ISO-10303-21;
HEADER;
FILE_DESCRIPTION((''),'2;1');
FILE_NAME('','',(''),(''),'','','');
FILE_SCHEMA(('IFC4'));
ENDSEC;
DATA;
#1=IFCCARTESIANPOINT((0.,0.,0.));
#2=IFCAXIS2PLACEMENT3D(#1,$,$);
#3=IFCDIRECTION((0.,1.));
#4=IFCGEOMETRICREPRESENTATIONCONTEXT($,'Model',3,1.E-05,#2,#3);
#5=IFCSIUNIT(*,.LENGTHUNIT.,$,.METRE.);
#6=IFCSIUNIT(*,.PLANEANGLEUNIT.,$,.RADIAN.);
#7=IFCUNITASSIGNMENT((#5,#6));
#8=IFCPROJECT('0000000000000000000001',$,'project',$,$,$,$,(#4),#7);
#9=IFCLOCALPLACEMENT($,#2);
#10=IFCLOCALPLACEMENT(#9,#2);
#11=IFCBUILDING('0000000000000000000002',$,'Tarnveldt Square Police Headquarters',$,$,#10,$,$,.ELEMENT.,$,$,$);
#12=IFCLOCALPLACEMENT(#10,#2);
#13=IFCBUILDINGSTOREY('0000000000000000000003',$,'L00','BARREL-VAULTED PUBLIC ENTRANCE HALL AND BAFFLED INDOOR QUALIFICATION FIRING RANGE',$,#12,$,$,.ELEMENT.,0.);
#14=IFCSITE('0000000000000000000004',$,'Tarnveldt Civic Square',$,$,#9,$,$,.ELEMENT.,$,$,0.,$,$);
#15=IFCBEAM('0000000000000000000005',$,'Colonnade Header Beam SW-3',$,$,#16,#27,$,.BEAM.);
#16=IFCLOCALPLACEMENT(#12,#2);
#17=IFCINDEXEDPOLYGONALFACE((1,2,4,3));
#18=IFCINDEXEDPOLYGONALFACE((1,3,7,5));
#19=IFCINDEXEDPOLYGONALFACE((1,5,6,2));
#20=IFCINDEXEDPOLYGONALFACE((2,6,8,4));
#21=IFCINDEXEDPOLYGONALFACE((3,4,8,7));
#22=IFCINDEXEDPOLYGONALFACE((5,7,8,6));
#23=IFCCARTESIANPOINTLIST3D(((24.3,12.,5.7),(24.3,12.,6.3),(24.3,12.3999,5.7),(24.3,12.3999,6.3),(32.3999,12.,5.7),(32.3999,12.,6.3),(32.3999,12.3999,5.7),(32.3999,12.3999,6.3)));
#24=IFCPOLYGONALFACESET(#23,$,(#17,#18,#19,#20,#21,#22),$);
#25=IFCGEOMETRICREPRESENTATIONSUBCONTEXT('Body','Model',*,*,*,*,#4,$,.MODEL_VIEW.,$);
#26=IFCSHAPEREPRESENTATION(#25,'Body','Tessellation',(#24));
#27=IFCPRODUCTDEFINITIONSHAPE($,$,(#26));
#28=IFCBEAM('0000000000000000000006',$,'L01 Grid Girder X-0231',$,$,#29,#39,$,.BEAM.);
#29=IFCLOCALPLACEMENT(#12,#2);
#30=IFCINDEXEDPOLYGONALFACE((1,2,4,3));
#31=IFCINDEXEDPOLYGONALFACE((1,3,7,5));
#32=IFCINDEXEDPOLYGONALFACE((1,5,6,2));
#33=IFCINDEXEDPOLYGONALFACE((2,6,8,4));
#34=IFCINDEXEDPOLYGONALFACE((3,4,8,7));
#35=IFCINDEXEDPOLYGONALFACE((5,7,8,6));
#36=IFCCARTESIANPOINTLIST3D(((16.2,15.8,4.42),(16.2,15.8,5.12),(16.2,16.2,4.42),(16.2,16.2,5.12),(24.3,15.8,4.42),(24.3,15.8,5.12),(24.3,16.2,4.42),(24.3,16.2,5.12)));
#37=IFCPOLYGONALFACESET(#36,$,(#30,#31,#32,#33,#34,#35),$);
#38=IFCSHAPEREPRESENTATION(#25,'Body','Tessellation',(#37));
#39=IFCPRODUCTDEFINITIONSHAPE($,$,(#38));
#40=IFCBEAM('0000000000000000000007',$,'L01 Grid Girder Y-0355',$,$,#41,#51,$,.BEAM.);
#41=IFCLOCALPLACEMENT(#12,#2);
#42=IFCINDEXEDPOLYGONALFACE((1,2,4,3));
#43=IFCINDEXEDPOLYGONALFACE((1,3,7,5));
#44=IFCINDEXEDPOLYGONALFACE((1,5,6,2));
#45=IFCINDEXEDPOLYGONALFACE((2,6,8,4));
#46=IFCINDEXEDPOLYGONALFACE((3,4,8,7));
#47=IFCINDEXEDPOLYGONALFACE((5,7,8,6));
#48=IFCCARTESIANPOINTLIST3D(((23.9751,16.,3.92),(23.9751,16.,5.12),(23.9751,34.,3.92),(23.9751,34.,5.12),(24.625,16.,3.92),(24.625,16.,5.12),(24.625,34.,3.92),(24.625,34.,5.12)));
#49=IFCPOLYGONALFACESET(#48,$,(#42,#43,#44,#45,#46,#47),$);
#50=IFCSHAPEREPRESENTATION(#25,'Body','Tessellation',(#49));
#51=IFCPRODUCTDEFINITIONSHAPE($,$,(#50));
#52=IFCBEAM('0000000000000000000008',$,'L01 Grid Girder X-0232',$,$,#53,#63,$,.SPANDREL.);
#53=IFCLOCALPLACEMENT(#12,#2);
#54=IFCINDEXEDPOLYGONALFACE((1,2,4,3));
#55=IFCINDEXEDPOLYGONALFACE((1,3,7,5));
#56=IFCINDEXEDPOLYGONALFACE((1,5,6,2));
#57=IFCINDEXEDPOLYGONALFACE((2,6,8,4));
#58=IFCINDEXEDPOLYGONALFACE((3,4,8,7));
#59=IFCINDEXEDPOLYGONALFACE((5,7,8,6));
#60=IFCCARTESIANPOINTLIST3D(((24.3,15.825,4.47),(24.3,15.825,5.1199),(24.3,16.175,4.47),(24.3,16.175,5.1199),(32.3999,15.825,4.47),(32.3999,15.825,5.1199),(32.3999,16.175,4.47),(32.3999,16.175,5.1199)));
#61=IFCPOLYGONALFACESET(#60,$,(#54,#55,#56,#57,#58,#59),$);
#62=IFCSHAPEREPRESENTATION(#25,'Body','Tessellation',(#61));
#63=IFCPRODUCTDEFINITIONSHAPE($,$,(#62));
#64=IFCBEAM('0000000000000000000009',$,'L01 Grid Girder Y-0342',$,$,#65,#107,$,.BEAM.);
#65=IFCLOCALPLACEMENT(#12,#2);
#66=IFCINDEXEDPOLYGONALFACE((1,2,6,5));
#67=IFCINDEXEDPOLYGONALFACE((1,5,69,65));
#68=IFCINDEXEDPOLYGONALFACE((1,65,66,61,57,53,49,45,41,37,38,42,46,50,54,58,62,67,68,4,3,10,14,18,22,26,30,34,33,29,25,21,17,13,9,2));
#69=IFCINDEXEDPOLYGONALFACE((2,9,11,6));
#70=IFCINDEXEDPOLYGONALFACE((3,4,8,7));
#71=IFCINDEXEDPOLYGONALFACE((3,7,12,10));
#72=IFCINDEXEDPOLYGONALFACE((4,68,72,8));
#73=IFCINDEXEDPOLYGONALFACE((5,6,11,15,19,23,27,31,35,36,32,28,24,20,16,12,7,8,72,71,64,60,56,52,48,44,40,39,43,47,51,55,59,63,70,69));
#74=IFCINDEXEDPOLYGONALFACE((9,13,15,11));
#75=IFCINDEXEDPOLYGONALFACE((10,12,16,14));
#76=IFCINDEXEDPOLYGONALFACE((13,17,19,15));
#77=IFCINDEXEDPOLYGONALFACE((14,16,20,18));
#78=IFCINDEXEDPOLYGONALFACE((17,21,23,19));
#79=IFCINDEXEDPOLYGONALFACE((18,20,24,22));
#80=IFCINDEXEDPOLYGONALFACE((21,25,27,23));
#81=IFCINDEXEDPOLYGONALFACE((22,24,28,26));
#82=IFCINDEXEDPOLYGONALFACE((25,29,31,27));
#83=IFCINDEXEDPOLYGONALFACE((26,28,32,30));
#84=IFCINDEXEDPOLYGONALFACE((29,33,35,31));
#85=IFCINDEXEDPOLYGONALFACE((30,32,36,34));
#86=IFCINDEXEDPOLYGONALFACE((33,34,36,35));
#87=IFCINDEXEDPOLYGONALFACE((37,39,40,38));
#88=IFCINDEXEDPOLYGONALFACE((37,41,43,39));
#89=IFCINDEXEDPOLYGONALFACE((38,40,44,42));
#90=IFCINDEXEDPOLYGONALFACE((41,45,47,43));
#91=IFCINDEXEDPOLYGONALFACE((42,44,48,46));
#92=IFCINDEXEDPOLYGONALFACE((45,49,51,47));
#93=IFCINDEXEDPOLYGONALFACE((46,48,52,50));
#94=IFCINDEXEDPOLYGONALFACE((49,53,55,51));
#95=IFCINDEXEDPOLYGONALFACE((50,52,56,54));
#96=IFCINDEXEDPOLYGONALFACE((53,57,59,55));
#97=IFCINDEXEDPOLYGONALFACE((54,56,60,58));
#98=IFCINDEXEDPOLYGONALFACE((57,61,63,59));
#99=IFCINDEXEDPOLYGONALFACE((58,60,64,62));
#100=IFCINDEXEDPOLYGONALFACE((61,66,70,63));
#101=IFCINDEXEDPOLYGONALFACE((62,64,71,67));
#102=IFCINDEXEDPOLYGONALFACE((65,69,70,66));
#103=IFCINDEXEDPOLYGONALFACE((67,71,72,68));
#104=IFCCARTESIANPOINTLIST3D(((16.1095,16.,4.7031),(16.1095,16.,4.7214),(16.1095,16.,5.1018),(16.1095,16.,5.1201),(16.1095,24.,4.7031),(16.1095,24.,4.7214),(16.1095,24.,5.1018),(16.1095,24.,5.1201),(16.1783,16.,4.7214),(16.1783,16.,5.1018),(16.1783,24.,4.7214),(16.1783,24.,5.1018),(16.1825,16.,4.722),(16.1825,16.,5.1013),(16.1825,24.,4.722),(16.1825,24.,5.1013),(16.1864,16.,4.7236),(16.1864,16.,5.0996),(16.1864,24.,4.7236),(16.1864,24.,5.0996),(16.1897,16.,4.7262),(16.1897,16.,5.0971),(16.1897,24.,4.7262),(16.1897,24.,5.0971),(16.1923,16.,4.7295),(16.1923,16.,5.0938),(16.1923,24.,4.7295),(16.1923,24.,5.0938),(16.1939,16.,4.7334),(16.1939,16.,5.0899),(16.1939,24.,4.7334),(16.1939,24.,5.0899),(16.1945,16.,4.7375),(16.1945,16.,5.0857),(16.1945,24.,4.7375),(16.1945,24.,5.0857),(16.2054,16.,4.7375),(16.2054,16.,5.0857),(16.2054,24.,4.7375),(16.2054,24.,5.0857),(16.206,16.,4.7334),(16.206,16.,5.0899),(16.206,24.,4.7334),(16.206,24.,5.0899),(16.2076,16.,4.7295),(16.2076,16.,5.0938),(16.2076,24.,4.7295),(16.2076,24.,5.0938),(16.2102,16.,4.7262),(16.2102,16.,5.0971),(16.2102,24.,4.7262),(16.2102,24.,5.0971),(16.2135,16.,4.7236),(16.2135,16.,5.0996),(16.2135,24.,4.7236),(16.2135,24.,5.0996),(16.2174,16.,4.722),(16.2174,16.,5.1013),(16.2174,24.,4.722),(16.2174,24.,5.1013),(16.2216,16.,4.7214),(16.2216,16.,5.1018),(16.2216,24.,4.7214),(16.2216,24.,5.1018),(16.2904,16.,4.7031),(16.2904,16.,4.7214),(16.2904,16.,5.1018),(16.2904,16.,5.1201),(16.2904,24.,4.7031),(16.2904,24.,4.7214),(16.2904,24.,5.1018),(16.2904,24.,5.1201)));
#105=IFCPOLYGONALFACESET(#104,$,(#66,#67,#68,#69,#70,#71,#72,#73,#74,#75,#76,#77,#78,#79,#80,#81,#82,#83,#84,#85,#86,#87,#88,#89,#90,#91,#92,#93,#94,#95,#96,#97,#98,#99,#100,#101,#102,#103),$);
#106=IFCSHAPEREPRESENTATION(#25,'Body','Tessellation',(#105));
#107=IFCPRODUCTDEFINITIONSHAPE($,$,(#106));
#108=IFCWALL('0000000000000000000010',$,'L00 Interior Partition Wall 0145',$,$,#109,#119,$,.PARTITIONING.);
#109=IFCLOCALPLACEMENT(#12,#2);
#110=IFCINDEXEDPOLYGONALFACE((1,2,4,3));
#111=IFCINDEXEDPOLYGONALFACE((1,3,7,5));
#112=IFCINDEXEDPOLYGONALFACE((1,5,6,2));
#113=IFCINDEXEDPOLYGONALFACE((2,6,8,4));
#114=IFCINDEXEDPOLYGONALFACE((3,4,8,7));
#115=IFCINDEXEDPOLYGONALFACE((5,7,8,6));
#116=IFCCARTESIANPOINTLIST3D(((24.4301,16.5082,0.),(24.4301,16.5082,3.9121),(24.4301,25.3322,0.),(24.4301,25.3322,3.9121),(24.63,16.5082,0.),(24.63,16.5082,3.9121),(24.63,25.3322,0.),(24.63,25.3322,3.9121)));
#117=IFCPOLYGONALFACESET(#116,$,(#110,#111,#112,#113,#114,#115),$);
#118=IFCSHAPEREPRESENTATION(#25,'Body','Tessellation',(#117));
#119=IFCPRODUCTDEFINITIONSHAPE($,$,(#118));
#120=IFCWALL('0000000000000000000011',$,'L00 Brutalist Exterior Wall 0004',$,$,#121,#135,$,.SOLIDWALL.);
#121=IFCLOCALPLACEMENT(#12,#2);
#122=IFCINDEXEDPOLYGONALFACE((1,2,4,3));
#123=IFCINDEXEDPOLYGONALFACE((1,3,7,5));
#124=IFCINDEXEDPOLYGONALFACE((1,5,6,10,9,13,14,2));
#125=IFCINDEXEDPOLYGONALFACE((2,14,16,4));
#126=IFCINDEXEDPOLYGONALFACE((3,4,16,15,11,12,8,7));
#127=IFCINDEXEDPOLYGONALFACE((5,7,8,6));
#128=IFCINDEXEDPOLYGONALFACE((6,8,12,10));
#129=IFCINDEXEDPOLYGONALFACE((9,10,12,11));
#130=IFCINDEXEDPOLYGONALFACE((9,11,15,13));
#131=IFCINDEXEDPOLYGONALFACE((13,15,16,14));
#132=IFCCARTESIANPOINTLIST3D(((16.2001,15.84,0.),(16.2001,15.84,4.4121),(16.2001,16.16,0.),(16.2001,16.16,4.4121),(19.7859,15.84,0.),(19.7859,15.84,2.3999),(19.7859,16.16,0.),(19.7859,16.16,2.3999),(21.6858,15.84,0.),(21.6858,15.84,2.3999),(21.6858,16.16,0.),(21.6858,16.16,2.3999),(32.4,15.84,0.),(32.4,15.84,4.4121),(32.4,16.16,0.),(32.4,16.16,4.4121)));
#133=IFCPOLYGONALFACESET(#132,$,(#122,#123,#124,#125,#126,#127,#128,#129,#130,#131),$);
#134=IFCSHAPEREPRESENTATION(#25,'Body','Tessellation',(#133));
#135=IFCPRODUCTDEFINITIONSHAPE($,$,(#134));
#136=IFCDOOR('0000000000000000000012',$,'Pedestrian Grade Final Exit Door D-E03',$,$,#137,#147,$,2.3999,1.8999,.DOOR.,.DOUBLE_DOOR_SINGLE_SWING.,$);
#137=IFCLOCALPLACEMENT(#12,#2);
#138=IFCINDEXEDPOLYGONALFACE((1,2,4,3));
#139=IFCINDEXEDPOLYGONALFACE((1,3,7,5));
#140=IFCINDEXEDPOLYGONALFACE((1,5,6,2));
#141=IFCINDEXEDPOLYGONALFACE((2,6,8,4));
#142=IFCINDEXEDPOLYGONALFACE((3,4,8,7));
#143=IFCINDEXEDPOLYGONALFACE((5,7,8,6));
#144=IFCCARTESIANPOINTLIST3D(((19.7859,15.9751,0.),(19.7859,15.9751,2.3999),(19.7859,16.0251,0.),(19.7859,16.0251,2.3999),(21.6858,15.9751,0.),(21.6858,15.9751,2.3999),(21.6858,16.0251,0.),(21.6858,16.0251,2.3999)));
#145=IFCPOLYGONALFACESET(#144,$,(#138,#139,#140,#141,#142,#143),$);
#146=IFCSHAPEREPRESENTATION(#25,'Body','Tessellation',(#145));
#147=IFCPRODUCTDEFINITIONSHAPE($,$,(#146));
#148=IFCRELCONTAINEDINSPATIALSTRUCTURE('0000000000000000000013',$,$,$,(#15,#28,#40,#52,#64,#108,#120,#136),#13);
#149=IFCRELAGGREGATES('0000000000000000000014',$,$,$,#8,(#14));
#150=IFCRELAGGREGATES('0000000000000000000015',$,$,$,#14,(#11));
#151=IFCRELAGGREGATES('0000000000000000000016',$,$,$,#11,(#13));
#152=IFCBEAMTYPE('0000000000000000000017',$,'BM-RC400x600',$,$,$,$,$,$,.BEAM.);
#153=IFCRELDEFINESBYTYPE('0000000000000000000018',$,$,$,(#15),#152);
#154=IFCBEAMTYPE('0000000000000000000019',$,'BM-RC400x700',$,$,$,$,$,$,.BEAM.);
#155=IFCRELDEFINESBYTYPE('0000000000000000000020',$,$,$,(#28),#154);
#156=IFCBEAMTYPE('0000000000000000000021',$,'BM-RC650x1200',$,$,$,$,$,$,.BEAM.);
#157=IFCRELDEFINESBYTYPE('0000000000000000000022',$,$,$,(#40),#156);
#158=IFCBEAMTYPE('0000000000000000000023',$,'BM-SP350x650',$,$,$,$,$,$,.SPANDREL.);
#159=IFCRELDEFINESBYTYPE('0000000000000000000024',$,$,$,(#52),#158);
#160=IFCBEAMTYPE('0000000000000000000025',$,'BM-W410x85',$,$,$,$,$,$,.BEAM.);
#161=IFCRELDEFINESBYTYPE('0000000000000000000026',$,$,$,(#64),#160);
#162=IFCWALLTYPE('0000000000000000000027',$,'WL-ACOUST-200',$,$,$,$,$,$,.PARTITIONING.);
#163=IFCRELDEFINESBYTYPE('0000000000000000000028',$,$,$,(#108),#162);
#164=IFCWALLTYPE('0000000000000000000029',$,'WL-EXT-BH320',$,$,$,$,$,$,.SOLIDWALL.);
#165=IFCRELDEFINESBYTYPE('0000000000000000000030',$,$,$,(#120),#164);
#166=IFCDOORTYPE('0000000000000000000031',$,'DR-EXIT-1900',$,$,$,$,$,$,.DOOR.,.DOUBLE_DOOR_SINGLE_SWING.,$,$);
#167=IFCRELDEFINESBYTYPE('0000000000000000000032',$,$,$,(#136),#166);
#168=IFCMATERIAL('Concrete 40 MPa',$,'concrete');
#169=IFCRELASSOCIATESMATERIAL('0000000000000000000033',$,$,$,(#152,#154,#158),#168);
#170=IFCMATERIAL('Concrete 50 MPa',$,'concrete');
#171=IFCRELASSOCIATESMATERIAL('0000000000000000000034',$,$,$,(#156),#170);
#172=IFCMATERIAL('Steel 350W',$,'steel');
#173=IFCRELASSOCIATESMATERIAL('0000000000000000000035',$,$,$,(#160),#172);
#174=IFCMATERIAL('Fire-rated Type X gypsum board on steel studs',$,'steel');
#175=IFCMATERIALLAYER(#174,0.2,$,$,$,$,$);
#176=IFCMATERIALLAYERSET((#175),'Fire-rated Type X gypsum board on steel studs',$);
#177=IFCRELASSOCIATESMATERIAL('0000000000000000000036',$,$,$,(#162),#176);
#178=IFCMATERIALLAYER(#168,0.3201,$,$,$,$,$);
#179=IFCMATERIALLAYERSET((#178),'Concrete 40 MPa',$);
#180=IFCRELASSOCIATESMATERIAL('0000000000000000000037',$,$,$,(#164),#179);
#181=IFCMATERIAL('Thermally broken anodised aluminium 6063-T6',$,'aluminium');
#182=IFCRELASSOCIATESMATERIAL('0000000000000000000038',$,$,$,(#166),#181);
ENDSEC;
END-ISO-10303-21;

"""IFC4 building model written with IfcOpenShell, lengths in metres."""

from ifc_helpers import new_model, si_unit, direction, frame, frame_2d, origin, origin_2d, place, context, subcontext, project, spatial, rectangle, i_section, extrude, material, layer, layer_set, material_profile, profile_set, type_object, element, fill, save


model = new_model("IFC4")

# Units and contexts
model_context = context("Model", 3, precision=1e-05, world=origin(), true_north=direction((0.0, 1.0)))
body_context = subcontext(model_context, "Body", "Model", "MODEL_VIEW")
ifc_project = project(units=[si_unit("LENGTHUNIT", "METRE"), si_unit("PLANEANGLEUNIT", "RADIAN")], contexts=[model_context])

# Site, building, storey
site_placement = place(None, origin())
site = spatial("IfcSite", under=ifc_project, at=site_placement, Name="Tarnveldt Civic Square", CompositionType="ELEMENT", RefElevation=0.0)
building_placement = place(site_placement, origin())
building = spatial("IfcBuilding", under=site, at=building_placement, Name="Tarnveldt Square Police Headquarters", CompositionType="ELEMENT")
storey_placement = place(building_placement, origin())
storey = spatial("IfcBuildingStorey", under=building, at=storey_placement, Name="L00", Description="BARREL-VAULTED PUBLIC ENTRANCE HALL AND BAFFLED INDOOR QUALIFICATION FIRING RANGE", CompositionType="ELEMENT", Elevation=0.0)

# Shared definitions
ifc_material_1 = material(Name="Concrete 40 MPa", Category="concrete")
ifc_material_2 = material(Name="Concrete 50 MPa", Category="concrete")

# Beams
ifc_material_profile_1 = material_profile(ifc_material_1, rectangle(XDim=0.3999, YDim=0.6001, at=origin_2d()), Name="RC-B400x600")
ifc_profile_set_1 = profile_set([ifc_material_profile_1], Name="Concrete 40 MPa")
beam_type_1 = type_object("IfcBeamType", Name="BM-RC400x600", PredefinedType="BEAM", material=ifc_profile_set_1)
beam_1_placement = place(storey_placement, frame((24.3, 12.2, 6.0), z_axis=(1.0, 0.0, 0.0), x_axis=(0.0, 1.0, 0.0)))
element("IfcBeam", 1, at=beam_1_placement, inside=storey, type_object=beam_type_1, Name="Colonnade Header Beam SW-3", PredefinedType="BEAM", context=body_context, shape_type="SweptSolid", body=[
    extrude(rectangle(XDim=0.3999, YDim=0.6001, at=origin_2d()), origin(), (0.0, 0.0, 1.0), 8.0999),
])
ifc_material_profile_2 = material_profile(ifc_material_1, rectangle(XDim=0.3999, YDim=0.7, at=origin_2d()), Name="RC-B400x700")
ifc_profile_set_2 = profile_set([ifc_material_profile_2], Name="Concrete 40 MPa")
beam_type_2 = type_object("IfcBeamType", Name="BM-RC400x700", PredefinedType="BEAM", material=ifc_profile_set_2)
beam_2_placement = place(storey_placement, frame((16.2, 16.0, 4.77), z_axis=(1.0, 0.0, 0.0), x_axis=(0.0, 1.0, 0.0)))
element("IfcBeam", 2, at=beam_2_placement, inside=storey, type_object=beam_type_2, Name="L01 Grid Girder X-0231", PredefinedType="BEAM", context=body_context, shape_type="SweptSolid", body=[
    extrude(rectangle(XDim=0.3999, YDim=0.7, at=origin_2d()), origin(), (0.0, 0.0, 1.0), 8.1001),
])
ifc_material_profile_3 = material_profile(ifc_material_2, rectangle(XDim=0.6499, YDim=1.2, at=origin_2d()), Name="RC-B650x1200")
ifc_profile_set_3 = profile_set([ifc_material_profile_3], Name="Concrete 50 MPa")
beam_type_3 = type_object("IfcBeamType", Name="BM-RC650x1200", PredefinedType="BEAM", material=ifc_profile_set_3)
beam_3_placement = place(storey_placement, frame((24.3, 16.0, 4.52), z_axis=(0.0, 1.0, 0.0), x_axis=(-1.0, 0.0, 0.0)))
element("IfcBeam", 3, at=beam_3_placement, inside=storey, type_object=beam_type_3, Name="L01 Grid Girder Y-0355", PredefinedType="BEAM", context=body_context, shape_type="SweptSolid", body=[
    extrude(rectangle(XDim=0.6499, YDim=1.2, at=origin_2d()), origin(), (0.0, 0.0, 1.0), 18.0),
])
ifc_material_profile_4 = material_profile(ifc_material_1, rectangle(XDim=0.3501, YDim=0.6499, at=origin_2d()), Name="RC-SP350x650")
ifc_profile_set_4 = profile_set([ifc_material_profile_4], Name="Concrete 40 MPa")
beam_type_4 = type_object("IfcBeamType", Name="BM-SP350x650", PredefinedType="SPANDREL", material=ifc_profile_set_4)
beam_4_placement = place(storey_placement, frame((24.3, 16.0, 4.7949), z_axis=(1.0, 0.0, 0.0), x_axis=(0.0, 1.0, 0.0)))
element("IfcBeam", 4, at=beam_4_placement, inside=storey, type_object=beam_type_4, Name="L01 Grid Girder X-0232", PredefinedType="SPANDREL", context=body_context, shape_type="SweptSolid", body=[
    extrude(rectangle(XDim=0.3501, YDim=0.6499, at=origin_2d()), origin(), (0.0, 0.0, 1.0), 8.0999),
])
ifc_material_3 = material(Name="Steel 350W", Category="steel")
ifc_material_profile_5 = material_profile(ifc_material_3, i_section(OverallWidth=0.1809, OverallDepth=0.417, WebThickness=0.011, FlangeThickness=0.0183, FilletRadius=0.0161, at=origin_2d()), Name="W410x85")
ifc_profile_set_5 = profile_set([ifc_material_profile_5], Name="Steel 350W")
beam_type_5 = type_object("IfcBeamType", Name="BM-W410x85", PredefinedType="BEAM", material=ifc_profile_set_5)
beam_5_placement = place(storey_placement, frame((16.2, 16.0, 4.9116), z_axis=(0.0, 1.0, 0.0), x_axis=(-1.0, 0.0, 0.0)))
element("IfcBeam", 5, at=beam_5_placement, inside=storey, type_object=beam_type_5, Name="L01 Grid Girder Y-0342", PredefinedType="BEAM", context=body_context, shape_type="SweptSolid", body=[
    extrude(i_section(OverallWidth=0.1809, OverallDepth=0.417, WebThickness=0.011, FlangeThickness=0.0183, FilletRadius=0.0161, at=origin_2d()), origin(), (0.0, 0.0, 1.0), 8.0),
])

# Wall
ifc_material_4 = material(Name="Fire-rated Type X gypsum board on steel studs", Category="steel")
ifc_layer_1 = layer(ifc_material_4, 0.2)
ifc_layer_set_1 = layer_set([ifc_layer_1], Name="Fire-rated Type X gypsum board on steel studs")
wall_type_1 = type_object("IfcWallType", Name="WL-ACOUST-200", PredefinedType="PARTITIONING", material=ifc_layer_set_1)
wall_1_placement = place(storey_placement, frame((24.53, 16.5081, 0.0), z_axis=(0.0, 0.0, 1.0), x_axis=(0.0, 1.0, 0.0)))
element("IfcWall", 6, at=wall_1_placement, inside=storey, type_object=wall_type_1, Name="L00 Interior Partition Wall 0145", PredefinedType="PARTITIONING", context=body_context, shape_type="SweptSolid", body=[
    extrude(rectangle(XDim=8.824, YDim=0.2, at=frame_2d((4.4121, 0.0))), origin(), (0.0, 0.0, 1.0), 3.9121),
])

# Wall, opening, door
ifc_layer_2 = layer(ifc_material_1, 0.3201)
ifc_layer_set_2 = layer_set([ifc_layer_2], Name="Concrete 40 MPa")
wall_type_2 = type_object("IfcWallType", Name="WL-EXT-BH320", PredefinedType="SOLIDWALL", material=ifc_layer_set_2)
wall_2_placement = place(storey_placement, frame((16.2, 16.0, 0.0), z_axis=(0.0, 0.0, 1.0), x_axis=(1.0, 0.0, 0.0)))
wall_2 = element("IfcWall", 7, at=wall_2_placement, inside=storey, type_object=wall_type_2, Name="L00 Brutalist Exterior Wall 0004", PredefinedType="SOLIDWALL", context=body_context, shape_type="SweptSolid", body=[
    extrude(rectangle(XDim=16.2, YDim=0.3201, at=frame_2d((8.1001, 0.0))), origin(), (0.0, 0.0, 1.0), 4.4121),
])
opening_placement = place(wall_2_placement, frame((3.5859, 0.0, 0.0)))
opening = element("IfcOpeningElement", 8, at=opening_placement, cuts=wall_2, PredefinedType="OPENING", context=body_context, shape_type="SweptSolid", body=[
    extrude(rectangle(XDim=1.8999, YDim=2.3999, at=frame_2d((0.95, 1.2))), frame((0.0, 0.1699, 0.0), z_axis=(0.0, -1.0, 0.0), x_axis=(1.0, 0.0, 0.0)), (0.0, 0.0, 1.0), 0.3401),
])
ifc_material_5 = material(Name="Thermally broken anodised aluminium 6063-T6", Category="aluminium")
door_type = type_object("IfcDoorType", Name="DR-EXIT-1900", OperationType="DOUBLE_DOOR_SINGLE_SWING", PredefinedType="DOOR", material=ifc_material_5)
door_placement = place(opening_placement, frame((1.8999, 0.0, 0.0), z_axis=(0.0, 0.0, 1.0), x_axis=(-1.0, 0.0, 0.0)))
door = element("IfcDoor", 9, at=door_placement, inside=storey, type_object=door_type, Name="Pedestrian Grade Final Exit Door D-E03", OperationType="DOUBLE_DOOR_SINGLE_SWING", OverallHeight=2.3999, OverallWidth=1.8999, PredefinedType="DOOR", context=body_context, shape_type="SweptSolid", body=[
    extrude(rectangle(XDim=1.8999, YDim=2.3999, at=frame_2d((0.95, 1.2))), frame((0.0, 0.0249, 0.0), z_axis=(0.0, -1.0, 0.0), x_axis=(1.0, 0.0, 0.0)), (0.0, 0.0, 1.0), 0.05),
])
fill(opening, door)

save(model, "model.ifc")
